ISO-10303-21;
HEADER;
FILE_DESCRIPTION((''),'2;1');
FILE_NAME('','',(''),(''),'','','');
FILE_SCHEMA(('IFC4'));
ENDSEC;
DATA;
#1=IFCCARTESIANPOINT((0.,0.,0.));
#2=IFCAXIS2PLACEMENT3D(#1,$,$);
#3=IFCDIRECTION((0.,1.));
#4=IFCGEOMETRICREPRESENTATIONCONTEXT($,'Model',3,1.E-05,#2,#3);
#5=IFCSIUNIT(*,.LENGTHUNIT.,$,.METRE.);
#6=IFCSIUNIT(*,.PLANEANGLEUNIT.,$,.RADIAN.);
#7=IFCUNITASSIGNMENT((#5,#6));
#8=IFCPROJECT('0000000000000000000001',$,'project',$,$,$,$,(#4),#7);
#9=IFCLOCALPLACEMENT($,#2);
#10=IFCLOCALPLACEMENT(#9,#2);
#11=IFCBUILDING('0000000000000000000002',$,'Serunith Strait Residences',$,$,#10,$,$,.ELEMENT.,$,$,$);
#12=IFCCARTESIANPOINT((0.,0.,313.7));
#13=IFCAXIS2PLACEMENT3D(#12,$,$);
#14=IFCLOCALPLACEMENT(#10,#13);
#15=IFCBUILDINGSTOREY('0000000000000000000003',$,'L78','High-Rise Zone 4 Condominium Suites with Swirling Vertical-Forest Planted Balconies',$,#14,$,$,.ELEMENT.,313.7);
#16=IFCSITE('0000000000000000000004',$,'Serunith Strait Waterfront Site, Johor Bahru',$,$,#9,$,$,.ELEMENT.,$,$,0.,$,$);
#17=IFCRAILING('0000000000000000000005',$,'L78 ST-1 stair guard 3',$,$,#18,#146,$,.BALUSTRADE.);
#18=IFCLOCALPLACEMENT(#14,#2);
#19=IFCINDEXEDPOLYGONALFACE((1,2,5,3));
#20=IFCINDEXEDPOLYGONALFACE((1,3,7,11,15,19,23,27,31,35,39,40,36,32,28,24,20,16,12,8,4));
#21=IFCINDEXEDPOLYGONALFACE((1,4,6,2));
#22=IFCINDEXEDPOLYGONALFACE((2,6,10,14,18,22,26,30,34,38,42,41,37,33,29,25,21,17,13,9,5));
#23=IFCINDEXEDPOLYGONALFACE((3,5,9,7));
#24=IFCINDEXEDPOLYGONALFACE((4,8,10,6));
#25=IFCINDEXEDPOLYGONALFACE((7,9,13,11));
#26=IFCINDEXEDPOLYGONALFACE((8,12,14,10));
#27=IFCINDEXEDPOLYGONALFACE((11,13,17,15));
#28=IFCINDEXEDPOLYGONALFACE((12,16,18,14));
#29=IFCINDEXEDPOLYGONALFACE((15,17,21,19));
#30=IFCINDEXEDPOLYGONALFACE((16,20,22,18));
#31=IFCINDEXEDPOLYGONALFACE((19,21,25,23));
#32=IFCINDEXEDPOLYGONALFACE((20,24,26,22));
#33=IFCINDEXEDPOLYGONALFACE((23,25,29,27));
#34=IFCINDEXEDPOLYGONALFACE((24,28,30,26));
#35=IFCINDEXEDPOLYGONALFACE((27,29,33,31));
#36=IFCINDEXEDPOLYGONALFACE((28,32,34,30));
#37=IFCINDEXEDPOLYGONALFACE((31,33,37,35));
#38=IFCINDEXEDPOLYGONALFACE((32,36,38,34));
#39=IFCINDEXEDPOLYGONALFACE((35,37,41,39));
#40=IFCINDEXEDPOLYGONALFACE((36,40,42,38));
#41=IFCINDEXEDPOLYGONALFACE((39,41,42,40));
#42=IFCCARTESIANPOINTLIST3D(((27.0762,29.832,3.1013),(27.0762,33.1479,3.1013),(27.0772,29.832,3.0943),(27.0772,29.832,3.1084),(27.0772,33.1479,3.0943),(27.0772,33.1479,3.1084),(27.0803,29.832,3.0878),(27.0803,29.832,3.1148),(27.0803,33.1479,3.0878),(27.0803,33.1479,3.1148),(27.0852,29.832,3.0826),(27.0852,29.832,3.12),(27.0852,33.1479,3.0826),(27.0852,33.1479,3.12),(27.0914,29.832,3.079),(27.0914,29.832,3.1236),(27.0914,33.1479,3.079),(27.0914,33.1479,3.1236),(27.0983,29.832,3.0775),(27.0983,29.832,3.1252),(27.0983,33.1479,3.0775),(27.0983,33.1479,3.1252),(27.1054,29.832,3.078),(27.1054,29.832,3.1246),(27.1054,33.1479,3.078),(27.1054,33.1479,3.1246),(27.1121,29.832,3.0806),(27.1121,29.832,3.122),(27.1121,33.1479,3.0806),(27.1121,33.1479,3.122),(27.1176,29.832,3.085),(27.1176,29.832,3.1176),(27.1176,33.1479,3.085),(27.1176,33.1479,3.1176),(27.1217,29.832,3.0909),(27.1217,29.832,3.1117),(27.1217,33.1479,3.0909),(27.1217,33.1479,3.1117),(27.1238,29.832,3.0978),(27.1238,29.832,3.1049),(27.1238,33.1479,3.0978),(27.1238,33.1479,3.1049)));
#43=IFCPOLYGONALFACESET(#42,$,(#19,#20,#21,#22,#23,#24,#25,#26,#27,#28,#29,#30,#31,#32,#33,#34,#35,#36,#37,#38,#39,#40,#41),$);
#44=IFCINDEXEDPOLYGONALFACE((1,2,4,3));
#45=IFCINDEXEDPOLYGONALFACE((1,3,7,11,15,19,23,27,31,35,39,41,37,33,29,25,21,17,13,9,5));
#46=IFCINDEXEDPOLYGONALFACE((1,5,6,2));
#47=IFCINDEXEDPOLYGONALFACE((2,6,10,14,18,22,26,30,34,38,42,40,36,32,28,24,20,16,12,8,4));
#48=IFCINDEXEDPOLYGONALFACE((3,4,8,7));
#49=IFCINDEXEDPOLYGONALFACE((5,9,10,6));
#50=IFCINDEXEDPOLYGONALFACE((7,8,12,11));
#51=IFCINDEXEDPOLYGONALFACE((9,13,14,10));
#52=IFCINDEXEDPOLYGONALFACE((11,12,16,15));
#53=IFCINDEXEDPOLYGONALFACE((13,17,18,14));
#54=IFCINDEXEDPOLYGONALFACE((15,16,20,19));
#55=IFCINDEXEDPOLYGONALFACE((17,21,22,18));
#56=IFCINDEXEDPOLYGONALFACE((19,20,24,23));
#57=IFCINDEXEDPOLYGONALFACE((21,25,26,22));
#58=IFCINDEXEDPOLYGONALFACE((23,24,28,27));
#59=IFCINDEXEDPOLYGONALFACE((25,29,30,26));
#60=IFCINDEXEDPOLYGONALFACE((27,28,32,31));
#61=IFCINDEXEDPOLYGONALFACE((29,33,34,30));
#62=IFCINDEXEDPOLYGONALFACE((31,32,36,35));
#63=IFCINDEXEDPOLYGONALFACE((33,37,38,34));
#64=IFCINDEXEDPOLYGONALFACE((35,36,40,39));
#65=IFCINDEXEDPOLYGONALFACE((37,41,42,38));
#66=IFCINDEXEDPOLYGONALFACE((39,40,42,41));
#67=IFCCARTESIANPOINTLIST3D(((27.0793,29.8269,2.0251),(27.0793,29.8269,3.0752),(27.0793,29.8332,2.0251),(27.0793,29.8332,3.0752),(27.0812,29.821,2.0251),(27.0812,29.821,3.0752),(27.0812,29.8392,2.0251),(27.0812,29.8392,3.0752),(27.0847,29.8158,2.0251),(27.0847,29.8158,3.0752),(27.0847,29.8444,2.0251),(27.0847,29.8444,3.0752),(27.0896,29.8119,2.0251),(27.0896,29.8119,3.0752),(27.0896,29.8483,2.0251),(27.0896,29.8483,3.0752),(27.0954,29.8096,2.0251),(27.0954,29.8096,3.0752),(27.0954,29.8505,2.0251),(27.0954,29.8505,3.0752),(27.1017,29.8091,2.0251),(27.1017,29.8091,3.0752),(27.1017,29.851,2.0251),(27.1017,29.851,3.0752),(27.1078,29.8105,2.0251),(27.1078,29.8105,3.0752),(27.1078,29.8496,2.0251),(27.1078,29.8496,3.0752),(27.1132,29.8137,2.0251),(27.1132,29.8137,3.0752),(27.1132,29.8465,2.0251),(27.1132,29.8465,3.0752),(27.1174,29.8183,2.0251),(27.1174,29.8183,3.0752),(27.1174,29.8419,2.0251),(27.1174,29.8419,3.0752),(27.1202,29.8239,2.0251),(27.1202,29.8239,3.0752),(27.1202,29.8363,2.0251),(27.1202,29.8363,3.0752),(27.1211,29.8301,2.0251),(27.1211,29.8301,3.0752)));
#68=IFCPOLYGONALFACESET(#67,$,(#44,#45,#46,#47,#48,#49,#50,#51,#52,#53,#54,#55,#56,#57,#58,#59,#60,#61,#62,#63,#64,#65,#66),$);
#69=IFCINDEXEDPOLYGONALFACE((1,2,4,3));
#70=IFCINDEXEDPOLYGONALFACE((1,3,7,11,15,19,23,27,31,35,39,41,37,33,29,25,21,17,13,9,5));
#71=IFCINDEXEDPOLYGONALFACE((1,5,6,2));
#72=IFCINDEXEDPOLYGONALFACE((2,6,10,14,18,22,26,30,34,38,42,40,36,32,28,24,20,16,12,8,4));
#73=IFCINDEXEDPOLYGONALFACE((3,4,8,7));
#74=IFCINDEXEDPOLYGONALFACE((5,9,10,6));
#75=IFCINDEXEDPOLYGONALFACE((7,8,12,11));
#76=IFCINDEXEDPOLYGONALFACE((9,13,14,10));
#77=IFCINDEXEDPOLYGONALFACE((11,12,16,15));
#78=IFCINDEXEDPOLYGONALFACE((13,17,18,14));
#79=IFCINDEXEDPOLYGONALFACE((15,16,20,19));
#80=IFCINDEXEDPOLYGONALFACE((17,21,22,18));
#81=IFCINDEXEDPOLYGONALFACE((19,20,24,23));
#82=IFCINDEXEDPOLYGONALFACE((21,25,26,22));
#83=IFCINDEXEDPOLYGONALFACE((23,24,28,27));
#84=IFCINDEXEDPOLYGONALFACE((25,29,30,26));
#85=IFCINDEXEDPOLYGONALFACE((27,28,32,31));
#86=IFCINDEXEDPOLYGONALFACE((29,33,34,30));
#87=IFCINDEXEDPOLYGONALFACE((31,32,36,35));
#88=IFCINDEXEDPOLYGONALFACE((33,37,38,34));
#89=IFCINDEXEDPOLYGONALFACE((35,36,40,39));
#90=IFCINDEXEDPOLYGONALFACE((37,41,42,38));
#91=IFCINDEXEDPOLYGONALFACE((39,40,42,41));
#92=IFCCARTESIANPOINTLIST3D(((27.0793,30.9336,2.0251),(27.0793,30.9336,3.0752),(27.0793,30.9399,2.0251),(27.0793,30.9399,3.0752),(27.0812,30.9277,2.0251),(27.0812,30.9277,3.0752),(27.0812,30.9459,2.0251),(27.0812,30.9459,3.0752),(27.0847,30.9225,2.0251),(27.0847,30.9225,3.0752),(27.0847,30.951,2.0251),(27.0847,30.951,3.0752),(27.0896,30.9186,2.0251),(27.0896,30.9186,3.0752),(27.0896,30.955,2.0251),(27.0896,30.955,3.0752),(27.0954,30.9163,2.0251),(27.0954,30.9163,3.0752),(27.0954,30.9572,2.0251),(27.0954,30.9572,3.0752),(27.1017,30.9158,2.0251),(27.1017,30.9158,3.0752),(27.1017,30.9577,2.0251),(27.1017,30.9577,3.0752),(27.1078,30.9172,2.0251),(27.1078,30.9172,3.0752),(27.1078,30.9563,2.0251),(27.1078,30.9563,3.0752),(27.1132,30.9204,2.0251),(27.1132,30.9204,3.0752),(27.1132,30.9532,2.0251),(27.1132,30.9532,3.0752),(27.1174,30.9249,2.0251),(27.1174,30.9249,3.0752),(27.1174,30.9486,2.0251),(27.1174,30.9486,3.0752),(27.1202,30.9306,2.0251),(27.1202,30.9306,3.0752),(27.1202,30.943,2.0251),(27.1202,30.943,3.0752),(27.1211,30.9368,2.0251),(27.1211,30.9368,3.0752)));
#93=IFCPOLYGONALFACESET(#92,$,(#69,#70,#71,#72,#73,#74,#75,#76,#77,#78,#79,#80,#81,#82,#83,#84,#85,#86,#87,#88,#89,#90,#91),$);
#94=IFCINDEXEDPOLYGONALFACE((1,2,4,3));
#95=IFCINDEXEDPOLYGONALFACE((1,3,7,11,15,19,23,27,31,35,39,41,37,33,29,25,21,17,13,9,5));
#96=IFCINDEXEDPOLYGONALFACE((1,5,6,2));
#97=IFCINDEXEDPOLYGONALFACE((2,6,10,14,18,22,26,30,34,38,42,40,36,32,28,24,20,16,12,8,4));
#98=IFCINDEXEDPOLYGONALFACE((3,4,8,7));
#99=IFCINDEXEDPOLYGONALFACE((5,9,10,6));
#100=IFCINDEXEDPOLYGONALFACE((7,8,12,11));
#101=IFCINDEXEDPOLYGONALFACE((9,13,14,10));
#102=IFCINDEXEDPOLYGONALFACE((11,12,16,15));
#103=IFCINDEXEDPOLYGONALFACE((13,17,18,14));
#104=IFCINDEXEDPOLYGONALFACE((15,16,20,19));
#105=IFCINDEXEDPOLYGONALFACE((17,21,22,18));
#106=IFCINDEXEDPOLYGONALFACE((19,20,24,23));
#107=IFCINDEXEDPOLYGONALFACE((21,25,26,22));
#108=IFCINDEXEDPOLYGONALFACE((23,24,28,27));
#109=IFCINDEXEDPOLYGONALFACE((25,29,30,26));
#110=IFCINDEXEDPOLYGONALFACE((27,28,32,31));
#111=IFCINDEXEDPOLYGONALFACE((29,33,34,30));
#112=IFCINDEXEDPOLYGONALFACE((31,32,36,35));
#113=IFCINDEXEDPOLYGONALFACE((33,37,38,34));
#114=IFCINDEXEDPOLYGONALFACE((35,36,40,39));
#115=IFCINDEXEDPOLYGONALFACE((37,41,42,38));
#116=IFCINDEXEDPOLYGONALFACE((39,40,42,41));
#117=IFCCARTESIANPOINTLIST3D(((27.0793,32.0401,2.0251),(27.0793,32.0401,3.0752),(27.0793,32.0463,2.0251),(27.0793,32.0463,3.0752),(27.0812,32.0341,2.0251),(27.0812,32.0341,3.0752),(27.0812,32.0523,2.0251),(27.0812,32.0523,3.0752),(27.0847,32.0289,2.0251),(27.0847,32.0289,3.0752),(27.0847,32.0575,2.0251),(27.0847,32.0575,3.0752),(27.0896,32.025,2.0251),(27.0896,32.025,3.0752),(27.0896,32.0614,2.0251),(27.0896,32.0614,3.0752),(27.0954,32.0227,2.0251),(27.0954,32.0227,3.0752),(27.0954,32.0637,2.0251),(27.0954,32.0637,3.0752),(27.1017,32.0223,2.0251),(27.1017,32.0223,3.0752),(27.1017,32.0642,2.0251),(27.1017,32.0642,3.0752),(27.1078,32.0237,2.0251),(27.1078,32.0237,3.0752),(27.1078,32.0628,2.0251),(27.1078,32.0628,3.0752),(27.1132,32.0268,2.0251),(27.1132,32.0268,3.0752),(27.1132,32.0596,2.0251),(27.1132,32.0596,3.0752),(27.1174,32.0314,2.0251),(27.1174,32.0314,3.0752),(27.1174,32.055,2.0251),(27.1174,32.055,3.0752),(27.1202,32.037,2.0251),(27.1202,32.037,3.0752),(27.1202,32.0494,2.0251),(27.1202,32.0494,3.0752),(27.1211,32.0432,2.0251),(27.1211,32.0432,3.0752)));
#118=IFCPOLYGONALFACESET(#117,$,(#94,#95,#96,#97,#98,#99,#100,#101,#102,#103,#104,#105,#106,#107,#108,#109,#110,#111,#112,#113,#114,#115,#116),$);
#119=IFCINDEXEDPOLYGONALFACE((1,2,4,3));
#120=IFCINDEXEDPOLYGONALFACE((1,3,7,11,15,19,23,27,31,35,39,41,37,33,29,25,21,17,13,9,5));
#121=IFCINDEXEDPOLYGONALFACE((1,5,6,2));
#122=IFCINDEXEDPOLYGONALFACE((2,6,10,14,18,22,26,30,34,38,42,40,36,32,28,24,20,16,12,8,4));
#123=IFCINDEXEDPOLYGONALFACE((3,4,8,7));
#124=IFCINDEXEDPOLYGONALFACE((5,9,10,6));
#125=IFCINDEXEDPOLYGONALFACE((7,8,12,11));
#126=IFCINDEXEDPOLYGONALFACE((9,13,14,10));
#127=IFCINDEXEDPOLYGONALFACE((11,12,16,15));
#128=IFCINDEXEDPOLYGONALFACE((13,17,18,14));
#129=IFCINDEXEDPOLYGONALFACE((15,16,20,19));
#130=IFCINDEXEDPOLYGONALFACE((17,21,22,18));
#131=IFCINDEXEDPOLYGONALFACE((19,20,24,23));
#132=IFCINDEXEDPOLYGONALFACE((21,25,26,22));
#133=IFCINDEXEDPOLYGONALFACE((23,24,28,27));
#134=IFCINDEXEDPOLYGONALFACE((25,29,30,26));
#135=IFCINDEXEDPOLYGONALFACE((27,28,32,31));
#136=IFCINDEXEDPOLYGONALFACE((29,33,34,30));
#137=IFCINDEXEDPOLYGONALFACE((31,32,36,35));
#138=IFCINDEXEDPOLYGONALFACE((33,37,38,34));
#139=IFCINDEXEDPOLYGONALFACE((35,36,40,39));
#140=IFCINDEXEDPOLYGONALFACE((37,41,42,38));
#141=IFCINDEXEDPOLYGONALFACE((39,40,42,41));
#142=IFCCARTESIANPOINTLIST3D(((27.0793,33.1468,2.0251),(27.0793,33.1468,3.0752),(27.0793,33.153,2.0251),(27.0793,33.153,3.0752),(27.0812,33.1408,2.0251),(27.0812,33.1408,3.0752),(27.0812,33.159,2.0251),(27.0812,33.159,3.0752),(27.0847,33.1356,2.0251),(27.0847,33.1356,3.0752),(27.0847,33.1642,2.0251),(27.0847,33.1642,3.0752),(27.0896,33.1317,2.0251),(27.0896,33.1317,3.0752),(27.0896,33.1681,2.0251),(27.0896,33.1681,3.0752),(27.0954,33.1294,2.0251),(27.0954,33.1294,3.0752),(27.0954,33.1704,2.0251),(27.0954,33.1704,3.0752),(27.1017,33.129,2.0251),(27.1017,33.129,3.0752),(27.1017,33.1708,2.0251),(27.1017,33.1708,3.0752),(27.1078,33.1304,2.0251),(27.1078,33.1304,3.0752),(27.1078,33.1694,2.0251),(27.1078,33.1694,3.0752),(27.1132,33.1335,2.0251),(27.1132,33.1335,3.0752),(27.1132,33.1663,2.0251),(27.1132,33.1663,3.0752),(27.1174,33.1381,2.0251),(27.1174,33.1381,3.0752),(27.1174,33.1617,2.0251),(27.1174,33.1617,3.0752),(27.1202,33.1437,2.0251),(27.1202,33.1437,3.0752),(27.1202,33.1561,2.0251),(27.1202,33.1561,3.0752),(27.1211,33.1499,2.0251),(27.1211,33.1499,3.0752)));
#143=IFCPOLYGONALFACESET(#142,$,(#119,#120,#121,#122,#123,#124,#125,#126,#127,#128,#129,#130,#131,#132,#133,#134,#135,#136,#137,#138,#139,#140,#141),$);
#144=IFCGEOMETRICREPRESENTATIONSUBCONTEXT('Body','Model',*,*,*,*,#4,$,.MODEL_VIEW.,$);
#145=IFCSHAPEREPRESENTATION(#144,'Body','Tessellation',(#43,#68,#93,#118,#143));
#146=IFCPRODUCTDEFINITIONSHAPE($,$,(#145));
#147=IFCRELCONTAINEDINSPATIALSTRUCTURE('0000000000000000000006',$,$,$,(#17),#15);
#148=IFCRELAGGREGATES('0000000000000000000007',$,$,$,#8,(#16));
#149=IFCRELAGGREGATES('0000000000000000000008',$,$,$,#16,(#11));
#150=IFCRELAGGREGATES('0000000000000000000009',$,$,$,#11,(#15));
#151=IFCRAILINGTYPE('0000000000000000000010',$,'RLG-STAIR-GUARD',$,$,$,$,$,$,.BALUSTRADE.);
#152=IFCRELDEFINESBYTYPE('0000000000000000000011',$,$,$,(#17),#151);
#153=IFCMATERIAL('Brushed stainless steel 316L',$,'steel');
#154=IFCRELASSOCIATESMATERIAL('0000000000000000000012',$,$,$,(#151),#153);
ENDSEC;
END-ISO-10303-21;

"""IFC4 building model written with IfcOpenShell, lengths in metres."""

from ifc_helpers import new_model, si_unit, direction, frame, origin, origin_2d, place, context, subcontext, project, spatial, circle, extrude, material, type_object, element, save


model = new_model("IFC4")

# Units and contexts
model_context = context("Model", 3, precision=1e-05, world=origin(), true_north=direction((0.0, 1.0)))
body_context = subcontext(model_context, "Body", "Model", "MODEL_VIEW")
ifc_project = project(units=[si_unit("LENGTHUNIT", "METRE"), si_unit("PLANEANGLEUNIT", "RADIAN")], contexts=[model_context])

# Site, building, storey
site_placement = place(None, origin())
site = spatial("IfcSite", under=ifc_project, at=site_placement, Name="Serunith Strait Waterfront Site, Johor Bahru", CompositionType="ELEMENT", RefElevation=0.0)
building_placement = place(site_placement, origin())
building = spatial("IfcBuilding", under=site, at=building_placement, Name="Serunith Strait Residences", CompositionType="ELEMENT")
storey_placement = place(building_placement, frame((0.0, 0.0, 313.7)))
storey = spatial("IfcBuildingStorey", under=building, at=storey_placement, Name="L78", Description="High-Rise Zone 4 Condominium Suites with Swirling Vertical-Forest Planted Balconies", CompositionType="ELEMENT", Elevation=313.7)

# Railing
ifc_material_1 = material(Name="Brushed stainless steel 316L", Category="steel")
railing_type_1 = type_object("IfcRailingType", Name="RLG-STAIR-GUARD", PredefinedType="BALUSTRADE", material=ifc_material_1)
for number, where, name in (
    (1, (27.1001, 29.8301, 2.0251), "L78 ST-1 stair guard 3"),
):
    element("IfcRailing", number, at=place(storey_placement, frame(where)), inside=storey, type_object=railing_type_1, Name=name, PredefinedType="BALUSTRADE", context=body_context, shape_type="SweptSolid", body=[
        extrude(circle(Radius=0.0239, at=origin_2d()), frame((0.0, 0.002, 1.0762), z_axis=(0.0, 1.0, 0.0), x_axis=(-1.0, 0.0, 0.0)), (0.0, 0.0, 1.0), 3.3159),
        extrude(circle(Radius=0.021, at=origin_2d()), origin(), (0.0, 0.0, 1.0), 1.05),
        extrude(circle(Radius=0.021, at=origin_2d()), frame((0.0, 1.1067, 0.0)), (0.0, 0.0, 1.0), 1.05),
        extrude(circle(Radius=0.021, at=origin_2d()), frame((0.0, 2.2131, 0.0)), (0.0, 0.0, 1.0), 1.05),
        extrude(circle(Radius=0.021, at=origin_2d()), frame((0.0, 3.3198, 0.0)), (0.0, 0.0, 1.0), 1.05),
    ])

save(model, "model.ifc")
